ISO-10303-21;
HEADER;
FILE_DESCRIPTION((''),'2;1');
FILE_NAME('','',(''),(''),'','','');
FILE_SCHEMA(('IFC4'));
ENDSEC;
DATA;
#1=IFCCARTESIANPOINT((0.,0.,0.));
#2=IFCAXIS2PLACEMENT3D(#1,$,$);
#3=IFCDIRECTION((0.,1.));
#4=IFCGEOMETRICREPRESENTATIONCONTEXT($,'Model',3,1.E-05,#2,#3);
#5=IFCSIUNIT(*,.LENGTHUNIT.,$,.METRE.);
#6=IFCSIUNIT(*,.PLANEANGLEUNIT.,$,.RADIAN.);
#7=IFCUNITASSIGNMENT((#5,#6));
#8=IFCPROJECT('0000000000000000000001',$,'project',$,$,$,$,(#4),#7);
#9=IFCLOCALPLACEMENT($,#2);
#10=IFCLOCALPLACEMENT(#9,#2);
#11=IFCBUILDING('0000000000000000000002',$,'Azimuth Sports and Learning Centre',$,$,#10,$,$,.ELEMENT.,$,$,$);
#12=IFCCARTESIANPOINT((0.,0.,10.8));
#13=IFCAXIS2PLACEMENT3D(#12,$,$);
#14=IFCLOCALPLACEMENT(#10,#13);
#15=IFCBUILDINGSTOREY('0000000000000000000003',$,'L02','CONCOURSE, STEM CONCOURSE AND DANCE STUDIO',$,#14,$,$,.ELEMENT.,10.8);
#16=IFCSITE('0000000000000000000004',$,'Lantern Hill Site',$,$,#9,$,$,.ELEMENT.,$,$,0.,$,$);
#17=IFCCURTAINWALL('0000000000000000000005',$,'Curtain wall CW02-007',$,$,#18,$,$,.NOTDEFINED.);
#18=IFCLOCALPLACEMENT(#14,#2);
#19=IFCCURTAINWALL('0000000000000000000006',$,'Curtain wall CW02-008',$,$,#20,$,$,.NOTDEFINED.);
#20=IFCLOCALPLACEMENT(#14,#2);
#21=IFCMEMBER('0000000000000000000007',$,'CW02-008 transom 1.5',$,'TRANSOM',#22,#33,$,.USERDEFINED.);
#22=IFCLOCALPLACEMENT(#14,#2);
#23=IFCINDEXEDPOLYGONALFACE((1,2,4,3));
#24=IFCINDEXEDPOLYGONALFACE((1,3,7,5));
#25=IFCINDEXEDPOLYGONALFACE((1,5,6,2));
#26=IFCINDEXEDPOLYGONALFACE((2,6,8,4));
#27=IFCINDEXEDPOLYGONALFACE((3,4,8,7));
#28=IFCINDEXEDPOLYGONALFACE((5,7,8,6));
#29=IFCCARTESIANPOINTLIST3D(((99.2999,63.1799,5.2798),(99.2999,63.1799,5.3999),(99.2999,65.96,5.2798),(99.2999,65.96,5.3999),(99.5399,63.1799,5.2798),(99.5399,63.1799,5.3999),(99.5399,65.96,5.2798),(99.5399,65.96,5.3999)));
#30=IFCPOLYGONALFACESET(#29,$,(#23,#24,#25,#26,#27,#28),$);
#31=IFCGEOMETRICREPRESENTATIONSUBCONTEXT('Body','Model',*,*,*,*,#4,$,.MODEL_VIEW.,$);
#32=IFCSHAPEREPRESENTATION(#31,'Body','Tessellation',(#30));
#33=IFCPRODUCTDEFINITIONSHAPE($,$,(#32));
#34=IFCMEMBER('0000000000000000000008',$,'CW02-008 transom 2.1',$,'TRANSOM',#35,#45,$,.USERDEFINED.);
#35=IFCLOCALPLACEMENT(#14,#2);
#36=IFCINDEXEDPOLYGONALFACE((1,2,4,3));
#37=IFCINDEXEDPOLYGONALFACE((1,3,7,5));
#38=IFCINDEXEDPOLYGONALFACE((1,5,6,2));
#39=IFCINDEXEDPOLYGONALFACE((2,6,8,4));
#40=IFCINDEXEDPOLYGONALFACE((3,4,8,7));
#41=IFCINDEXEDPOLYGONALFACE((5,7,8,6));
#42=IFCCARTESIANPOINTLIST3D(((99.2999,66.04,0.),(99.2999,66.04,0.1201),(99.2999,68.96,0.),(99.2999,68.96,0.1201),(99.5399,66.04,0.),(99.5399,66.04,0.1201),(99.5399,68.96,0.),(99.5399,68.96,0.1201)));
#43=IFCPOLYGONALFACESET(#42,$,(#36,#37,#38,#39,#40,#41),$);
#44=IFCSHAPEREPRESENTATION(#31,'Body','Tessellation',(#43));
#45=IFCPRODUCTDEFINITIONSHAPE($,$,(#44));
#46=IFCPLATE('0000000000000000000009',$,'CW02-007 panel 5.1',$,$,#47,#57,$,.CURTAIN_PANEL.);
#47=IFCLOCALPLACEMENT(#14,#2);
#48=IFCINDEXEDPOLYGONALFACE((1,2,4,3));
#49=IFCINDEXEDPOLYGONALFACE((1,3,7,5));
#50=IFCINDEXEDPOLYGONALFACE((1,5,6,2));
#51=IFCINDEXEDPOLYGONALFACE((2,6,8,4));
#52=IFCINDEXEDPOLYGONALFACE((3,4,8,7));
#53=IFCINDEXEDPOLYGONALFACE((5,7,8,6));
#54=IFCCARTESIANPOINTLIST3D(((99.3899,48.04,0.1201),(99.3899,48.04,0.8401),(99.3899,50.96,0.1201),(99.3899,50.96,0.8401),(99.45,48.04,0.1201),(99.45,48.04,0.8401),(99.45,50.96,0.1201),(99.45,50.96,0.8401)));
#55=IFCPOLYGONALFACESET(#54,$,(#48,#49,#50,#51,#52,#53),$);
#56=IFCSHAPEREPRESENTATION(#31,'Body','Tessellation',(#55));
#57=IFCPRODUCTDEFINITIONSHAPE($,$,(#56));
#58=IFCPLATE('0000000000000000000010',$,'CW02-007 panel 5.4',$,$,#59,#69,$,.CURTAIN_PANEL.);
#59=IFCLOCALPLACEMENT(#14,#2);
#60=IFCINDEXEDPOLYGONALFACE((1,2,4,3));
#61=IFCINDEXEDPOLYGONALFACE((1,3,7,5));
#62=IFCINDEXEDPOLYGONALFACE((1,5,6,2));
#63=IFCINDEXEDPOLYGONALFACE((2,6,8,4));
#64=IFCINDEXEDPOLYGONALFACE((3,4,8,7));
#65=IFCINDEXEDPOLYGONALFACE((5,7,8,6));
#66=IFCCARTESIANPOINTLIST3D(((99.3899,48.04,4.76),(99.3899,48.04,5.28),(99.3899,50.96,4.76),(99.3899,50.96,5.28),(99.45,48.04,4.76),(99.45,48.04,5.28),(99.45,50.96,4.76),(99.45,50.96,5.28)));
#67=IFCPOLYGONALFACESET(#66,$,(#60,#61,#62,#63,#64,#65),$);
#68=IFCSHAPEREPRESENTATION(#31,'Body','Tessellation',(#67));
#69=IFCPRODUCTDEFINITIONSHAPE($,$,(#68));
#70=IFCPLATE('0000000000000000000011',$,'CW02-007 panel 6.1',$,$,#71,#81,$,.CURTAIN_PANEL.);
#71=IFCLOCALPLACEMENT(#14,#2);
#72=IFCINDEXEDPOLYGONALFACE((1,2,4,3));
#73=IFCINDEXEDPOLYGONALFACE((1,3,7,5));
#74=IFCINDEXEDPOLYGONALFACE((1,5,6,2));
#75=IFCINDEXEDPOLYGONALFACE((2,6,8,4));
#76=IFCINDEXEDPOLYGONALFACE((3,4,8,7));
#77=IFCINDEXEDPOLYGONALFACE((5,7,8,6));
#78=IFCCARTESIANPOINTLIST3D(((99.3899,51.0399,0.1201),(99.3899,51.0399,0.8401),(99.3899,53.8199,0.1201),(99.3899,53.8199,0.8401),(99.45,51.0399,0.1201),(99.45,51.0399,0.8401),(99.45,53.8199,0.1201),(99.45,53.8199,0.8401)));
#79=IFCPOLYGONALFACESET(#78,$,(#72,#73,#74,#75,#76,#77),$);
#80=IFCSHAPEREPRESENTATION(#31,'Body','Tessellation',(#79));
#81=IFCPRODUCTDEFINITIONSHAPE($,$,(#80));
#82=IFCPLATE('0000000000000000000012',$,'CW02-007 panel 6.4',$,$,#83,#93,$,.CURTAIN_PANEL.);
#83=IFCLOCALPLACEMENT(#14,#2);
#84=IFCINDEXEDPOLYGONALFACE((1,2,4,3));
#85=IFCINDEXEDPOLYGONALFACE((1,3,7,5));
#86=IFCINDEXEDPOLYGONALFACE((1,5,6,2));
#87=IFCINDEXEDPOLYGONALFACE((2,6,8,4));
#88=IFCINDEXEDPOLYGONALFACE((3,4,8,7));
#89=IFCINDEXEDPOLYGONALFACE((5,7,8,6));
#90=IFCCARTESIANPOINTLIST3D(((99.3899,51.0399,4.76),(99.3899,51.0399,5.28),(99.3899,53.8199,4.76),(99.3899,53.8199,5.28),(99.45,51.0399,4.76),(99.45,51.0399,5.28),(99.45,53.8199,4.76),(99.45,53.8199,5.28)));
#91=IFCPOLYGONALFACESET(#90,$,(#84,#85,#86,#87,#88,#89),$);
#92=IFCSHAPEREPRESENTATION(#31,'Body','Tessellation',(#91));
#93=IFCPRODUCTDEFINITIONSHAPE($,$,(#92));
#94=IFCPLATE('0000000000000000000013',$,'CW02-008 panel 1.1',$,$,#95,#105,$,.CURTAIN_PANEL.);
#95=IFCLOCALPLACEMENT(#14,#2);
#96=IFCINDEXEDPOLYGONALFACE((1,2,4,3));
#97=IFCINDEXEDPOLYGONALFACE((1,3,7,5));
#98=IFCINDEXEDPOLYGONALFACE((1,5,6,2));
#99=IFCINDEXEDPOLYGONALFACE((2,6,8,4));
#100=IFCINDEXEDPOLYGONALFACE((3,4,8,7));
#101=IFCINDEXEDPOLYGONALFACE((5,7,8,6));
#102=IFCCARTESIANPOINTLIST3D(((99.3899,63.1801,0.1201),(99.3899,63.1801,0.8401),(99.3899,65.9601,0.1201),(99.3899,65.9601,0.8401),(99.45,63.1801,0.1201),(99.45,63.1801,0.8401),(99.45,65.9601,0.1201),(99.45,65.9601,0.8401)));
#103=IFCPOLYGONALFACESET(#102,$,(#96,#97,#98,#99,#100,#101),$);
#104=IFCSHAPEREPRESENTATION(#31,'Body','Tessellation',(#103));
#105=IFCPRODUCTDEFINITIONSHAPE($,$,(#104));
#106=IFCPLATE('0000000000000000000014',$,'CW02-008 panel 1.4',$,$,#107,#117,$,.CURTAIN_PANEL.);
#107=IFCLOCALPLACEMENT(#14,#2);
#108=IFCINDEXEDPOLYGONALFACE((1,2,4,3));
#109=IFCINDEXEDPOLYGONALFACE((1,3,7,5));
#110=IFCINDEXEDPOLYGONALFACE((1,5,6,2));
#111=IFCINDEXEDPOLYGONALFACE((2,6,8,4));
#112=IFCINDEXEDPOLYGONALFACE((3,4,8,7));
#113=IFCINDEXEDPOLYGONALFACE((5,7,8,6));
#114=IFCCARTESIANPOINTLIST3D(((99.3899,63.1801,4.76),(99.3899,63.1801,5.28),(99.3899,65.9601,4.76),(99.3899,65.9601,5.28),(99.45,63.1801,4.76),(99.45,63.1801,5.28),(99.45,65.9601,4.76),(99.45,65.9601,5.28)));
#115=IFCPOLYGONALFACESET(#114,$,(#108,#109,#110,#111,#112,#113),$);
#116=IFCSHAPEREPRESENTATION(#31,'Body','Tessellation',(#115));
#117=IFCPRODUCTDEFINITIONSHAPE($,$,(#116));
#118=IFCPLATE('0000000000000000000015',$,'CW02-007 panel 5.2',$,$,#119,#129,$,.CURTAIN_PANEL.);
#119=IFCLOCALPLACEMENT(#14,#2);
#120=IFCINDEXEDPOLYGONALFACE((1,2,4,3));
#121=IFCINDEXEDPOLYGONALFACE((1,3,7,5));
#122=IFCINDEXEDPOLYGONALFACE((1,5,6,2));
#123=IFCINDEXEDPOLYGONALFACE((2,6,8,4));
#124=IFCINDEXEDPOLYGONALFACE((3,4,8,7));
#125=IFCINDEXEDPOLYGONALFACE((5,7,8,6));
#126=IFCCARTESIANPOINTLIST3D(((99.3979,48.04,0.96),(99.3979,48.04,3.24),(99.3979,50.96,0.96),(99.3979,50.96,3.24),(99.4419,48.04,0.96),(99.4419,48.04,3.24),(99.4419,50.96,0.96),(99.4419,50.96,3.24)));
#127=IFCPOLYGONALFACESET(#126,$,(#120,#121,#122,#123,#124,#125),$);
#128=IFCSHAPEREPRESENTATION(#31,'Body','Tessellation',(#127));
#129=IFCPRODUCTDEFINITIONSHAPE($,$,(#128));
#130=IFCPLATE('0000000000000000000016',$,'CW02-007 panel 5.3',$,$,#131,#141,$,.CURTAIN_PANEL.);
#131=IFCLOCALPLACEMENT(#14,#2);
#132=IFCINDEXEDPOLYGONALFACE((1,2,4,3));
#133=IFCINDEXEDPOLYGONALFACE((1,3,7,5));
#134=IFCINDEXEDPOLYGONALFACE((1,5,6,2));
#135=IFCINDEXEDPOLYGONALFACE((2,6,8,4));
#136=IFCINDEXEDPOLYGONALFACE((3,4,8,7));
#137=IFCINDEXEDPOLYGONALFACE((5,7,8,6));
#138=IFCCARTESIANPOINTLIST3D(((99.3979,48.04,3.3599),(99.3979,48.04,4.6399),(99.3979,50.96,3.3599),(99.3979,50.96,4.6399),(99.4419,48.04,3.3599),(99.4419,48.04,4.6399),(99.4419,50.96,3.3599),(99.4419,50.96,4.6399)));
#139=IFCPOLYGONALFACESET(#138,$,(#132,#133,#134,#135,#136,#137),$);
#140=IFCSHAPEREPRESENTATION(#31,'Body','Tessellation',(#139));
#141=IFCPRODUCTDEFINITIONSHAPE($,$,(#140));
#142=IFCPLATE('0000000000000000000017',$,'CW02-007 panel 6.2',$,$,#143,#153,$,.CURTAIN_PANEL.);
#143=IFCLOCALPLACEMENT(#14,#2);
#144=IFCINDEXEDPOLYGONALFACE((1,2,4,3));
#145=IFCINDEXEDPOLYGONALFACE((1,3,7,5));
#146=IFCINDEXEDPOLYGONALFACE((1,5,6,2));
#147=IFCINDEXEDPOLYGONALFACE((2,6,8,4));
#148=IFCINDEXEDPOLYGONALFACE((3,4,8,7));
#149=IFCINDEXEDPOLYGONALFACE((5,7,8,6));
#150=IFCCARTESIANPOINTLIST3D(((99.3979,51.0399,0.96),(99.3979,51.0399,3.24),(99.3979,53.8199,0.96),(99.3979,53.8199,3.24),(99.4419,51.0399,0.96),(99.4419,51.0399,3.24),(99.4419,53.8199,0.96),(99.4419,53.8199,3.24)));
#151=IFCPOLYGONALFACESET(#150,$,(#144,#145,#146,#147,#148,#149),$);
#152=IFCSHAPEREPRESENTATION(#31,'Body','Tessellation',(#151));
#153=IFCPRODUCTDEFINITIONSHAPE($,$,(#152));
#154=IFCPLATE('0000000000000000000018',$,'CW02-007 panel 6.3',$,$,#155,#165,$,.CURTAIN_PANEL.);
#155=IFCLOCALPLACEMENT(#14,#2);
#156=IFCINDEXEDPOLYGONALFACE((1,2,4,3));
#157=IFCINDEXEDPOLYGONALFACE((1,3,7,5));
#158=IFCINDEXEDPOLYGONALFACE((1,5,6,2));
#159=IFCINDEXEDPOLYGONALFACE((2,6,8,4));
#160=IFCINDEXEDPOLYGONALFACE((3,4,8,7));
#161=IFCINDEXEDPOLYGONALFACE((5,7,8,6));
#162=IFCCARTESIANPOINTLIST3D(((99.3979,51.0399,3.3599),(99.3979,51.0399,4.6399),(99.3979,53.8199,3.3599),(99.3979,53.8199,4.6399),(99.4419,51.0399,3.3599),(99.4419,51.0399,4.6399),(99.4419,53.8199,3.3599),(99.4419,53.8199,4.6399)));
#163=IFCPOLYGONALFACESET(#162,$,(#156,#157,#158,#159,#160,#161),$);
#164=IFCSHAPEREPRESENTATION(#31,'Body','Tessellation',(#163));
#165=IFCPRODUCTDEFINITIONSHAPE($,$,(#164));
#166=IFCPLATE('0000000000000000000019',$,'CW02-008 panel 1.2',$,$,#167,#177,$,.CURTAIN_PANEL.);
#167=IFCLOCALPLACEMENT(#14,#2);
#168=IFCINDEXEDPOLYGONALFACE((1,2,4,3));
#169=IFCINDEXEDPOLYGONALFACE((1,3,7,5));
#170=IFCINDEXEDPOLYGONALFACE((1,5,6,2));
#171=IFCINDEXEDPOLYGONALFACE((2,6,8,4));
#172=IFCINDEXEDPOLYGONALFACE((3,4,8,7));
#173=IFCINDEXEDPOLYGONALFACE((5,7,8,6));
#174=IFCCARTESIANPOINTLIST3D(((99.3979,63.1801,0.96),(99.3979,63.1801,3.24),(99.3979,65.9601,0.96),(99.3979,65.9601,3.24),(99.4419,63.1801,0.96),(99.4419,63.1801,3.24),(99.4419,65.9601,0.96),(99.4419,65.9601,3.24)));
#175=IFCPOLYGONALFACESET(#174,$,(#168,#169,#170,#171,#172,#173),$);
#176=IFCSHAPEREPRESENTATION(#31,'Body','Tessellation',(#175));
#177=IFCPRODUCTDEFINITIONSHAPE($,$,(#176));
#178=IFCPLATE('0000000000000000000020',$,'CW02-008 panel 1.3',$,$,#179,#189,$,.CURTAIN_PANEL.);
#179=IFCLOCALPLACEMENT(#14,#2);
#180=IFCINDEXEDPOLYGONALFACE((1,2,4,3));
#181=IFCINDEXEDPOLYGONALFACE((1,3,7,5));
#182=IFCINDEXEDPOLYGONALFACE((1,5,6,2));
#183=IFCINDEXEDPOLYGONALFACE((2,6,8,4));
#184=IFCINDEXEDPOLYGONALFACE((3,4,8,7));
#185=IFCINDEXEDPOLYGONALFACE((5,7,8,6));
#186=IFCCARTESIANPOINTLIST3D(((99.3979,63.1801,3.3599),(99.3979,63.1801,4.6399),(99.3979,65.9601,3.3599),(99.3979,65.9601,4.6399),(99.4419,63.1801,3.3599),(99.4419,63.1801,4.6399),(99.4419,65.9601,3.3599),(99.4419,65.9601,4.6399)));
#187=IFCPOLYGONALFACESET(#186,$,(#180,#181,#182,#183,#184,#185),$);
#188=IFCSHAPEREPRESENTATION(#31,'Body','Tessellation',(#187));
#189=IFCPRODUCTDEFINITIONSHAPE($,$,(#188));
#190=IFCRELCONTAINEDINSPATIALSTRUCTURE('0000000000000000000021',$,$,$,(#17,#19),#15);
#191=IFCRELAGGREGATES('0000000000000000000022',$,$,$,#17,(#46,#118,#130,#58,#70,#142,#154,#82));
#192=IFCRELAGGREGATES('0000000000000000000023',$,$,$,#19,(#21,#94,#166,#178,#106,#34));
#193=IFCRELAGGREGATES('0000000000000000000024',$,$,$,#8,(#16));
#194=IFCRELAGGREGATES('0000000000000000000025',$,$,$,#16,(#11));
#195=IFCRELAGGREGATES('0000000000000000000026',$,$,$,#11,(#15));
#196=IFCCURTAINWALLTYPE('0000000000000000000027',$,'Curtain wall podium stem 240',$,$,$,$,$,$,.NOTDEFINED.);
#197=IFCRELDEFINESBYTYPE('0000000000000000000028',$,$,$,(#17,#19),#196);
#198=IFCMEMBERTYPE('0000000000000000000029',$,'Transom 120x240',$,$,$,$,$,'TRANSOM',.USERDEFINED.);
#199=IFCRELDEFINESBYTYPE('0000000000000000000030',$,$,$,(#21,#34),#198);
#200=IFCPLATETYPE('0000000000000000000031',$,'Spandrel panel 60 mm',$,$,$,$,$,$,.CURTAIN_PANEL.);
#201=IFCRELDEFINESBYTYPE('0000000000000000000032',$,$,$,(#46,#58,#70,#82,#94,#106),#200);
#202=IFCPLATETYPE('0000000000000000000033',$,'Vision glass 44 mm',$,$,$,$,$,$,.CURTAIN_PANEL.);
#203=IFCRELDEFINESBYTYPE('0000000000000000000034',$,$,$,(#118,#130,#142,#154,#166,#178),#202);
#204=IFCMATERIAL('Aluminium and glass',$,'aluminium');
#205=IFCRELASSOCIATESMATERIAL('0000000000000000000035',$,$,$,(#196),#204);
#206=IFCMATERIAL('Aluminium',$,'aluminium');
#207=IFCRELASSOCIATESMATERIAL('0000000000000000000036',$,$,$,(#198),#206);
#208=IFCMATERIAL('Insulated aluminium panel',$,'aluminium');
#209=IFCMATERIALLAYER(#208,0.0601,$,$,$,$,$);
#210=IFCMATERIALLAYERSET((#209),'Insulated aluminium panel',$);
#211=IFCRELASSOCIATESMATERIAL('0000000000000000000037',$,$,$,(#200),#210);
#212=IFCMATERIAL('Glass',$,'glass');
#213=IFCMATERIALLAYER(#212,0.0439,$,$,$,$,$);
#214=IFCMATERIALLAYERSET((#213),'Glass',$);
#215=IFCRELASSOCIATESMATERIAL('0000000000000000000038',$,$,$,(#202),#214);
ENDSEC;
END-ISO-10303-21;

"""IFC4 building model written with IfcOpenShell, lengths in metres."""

from ifc_helpers import new_model, si_unit, direction, frame, origin, origin_2d, place, context, subcontext, project, spatial, rectangle, extrude, material, layer, layer_set, material_profile, profile_set, type_object, element, aggregate, save


model = new_model("IFC4")

# Units and contexts
model_context = context("Model", 3, precision=1e-05, world=origin(), true_north=direction((0.0, 1.0)))
body_context = subcontext(model_context, "Body", "Model", "MODEL_VIEW")
ifc_project = project(units=[si_unit("LENGTHUNIT", "METRE"), si_unit("PLANEANGLEUNIT", "RADIAN")], contexts=[model_context])

# Site, building, storey
site_placement = place(None, origin())
site = spatial("IfcSite", under=ifc_project, at=site_placement, Name="Lantern Hill Site", CompositionType="ELEMENT", RefElevation=0.0)
building_placement = place(site_placement, origin())
building = spatial("IfcBuilding", under=site, at=building_placement, Name="Azimuth Sports and Learning Centre", CompositionType="ELEMENT")
storey_placement = place(building_placement, frame((0.0, 0.0, 10.8)))
storey = spatial("IfcBuildingStorey", under=building, at=storey_placement, Name="L02", Description="CONCOURSE, STEM CONCOURSE AND DANCE STUDIO", CompositionType="ELEMENT", Elevation=10.8)

# Curtain walls
ifc_material_1 = material(Name="Aluminium and glass", Category="aluminium")
curtain_wall_type = type_object("IfcCurtainWallType", Name="Curtain wall podium stem 240", PredefinedType="NOTDEFINED", material=ifc_material_1)
curtain_wall_1_placement = place(storey_placement, origin())
curtain_wall_1 = element("IfcCurtainWall", 1, at=curtain_wall_1_placement, inside=storey, type_object=curtain_wall_type, Name="Curtain wall CW02-007", PredefinedType="NOTDEFINED")
curtain_wall_2_placement = place(storey_placement, origin())
curtain_wall_2 = element("IfcCurtainWall", 2, at=curtain_wall_2_placement, inside=storey, type_object=curtain_wall_type, Name="Curtain wall CW02-008", PredefinedType="NOTDEFINED")

# Members
ifc_material_2 = material(Name="Aluminium", Category="aluminium")
ifc_material_profile_1 = material_profile(ifc_material_2, rectangle(XDim=0.24, YDim=0.1201, at=origin_2d()), Name="Transom 120x240")
ifc_profile_set_1 = profile_set([ifc_material_profile_1], Name="Aluminium")
member_type_1 = type_object("IfcMemberType", Name="Transom 120x240", ElementType="TRANSOM", PredefinedType="USERDEFINED", material=ifc_profile_set_1)
member_1_placement = place(storey_placement, frame((99.4199, 63.1799, 5.3398), z_axis=(0.0, 1.0, 0.0), x_axis=(-1.0, 0.0, 0.0)))
member_1 = element("IfcMember", 3, at=member_1_placement, type_object=member_type_1, Name="CW02-008 transom 1.5", ObjectType="TRANSOM", PredefinedType="USERDEFINED", context=body_context, shape_type="SweptSolid", body=[
    extrude(rectangle(XDim=0.24, YDim=0.1201, at=origin_2d()), origin(), (0.0, 0.0, 1.0), 2.78),
])
member_2_placement = place(storey_placement, frame((99.4199, 66.04, 0.0601), z_axis=(0.0, 1.0, 0.0), x_axis=(-1.0, 0.0, 0.0)))
member_2 = element("IfcMember", 4, at=member_2_placement, type_object=member_type_1, Name="CW02-008 transom 2.1", ObjectType="TRANSOM", PredefinedType="USERDEFINED", context=body_context, shape_type="SweptSolid", body=[
    extrude(rectangle(XDim=0.24, YDim=0.1201, at=origin_2d()), origin(), (0.0, 0.0, 1.0), 2.9199),
])

# Plates
ifc_material_3 = material(Name="Insulated aluminium panel", Category="aluminium")
ifc_layer_1 = layer(ifc_material_3, 0.0601)
ifc_layer_set_1 = layer_set([ifc_layer_1], Name="Insulated aluminium panel")
plate_type_1 = type_object("IfcPlateType", Name="Spandrel panel 60 mm", PredefinedType="CURTAIN_PANEL", material=ifc_layer_set_1)
plate_1_placement = place(storey_placement, frame((99.4199, 49.5, 0.1201), z_axis=(0.0, 0.0, 1.0), x_axis=(0.0, 1.0, 0.0)))
plate_1 = element("IfcPlate", 5, at=plate_1_placement, type_object=plate_type_1, Name="CW02-007 panel 5.1", PredefinedType="CURTAIN_PANEL", context=body_context, shape_type="SweptSolid", body=[
    extrude(rectangle(XDim=2.9199, YDim=0.0601, at=origin_2d()), origin(), (0.0, 0.0, 1.0), 0.72),
])
plate_2_placement = place(storey_placement, frame((99.4199, 49.5, 4.76), z_axis=(0.0, 0.0, 1.0), x_axis=(0.0, 1.0, 0.0)))
plate_2 = element("IfcPlate", 6, at=plate_2_placement, type_object=plate_type_1, Name="CW02-007 panel 5.4", PredefinedType="CURTAIN_PANEL", context=body_context, shape_type="SweptSolid", body=[
    extrude(rectangle(XDim=2.9199, YDim=0.0601, at=origin_2d()), origin(), (0.0, 0.0, 1.0), 0.52),
])
plate_3_placement = place(storey_placement, frame((99.4199, 52.4299, 0.1201), z_axis=(0.0, 0.0, 1.0), x_axis=(0.0, 1.0, 0.0)))
plate_3 = element("IfcPlate", 7, at=plate_3_placement, type_object=plate_type_1, Name="CW02-007 panel 6.1", PredefinedType="CURTAIN_PANEL", context=body_context, shape_type="SweptSolid", body=[
    extrude(rectangle(XDim=2.78, YDim=0.0601, at=origin_2d()), origin(), (0.0, 0.0, 1.0), 0.72),
])
plate_4_placement = place(storey_placement, frame((99.4199, 52.4299, 4.76), z_axis=(0.0, 0.0, 1.0), x_axis=(0.0, 1.0, 0.0)))
plate_4 = element("IfcPlate", 8, at=plate_4_placement, type_object=plate_type_1, Name="CW02-007 panel 6.4", PredefinedType="CURTAIN_PANEL", context=body_context, shape_type="SweptSolid", body=[
    extrude(rectangle(XDim=2.78, YDim=0.0601, at=origin_2d()), origin(), (0.0, 0.0, 1.0), 0.52),
])
plate_5_placement = place(storey_placement, frame((99.4199, 64.5701, 0.1201), z_axis=(0.0, 0.0, 1.0), x_axis=(0.0, 1.0, 0.0)))
plate_5 = element("IfcPlate", 9, at=plate_5_placement, type_object=plate_type_1, Name="CW02-008 panel 1.1", PredefinedType="CURTAIN_PANEL", context=body_context, shape_type="SweptSolid", body=[
    extrude(rectangle(XDim=2.78, YDim=0.0601, at=origin_2d()), origin(), (0.0, 0.0, 1.0), 0.72),
])
plate_6_placement = place(storey_placement, frame((99.4199, 64.5701, 4.76), z_axis=(0.0, 0.0, 1.0), x_axis=(0.0, 1.0, 0.0)))
plate_6 = element("IfcPlate", 10, at=plate_6_placement, type_object=plate_type_1, Name="CW02-008 panel 1.4", PredefinedType="CURTAIN_PANEL", context=body_context, shape_type="SweptSolid", body=[
    extrude(rectangle(XDim=2.78, YDim=0.0601, at=origin_2d()), origin(), (0.0, 0.0, 1.0), 0.52),
])
ifc_material_4 = material(Name="Glass", Category="glass")
ifc_layer_2 = layer(ifc_material_4, 0.0439)
ifc_layer_set_2 = layer_set([ifc_layer_2], Name="Glass")
plate_type_2 = type_object("IfcPlateType", Name="Vision glass 44 mm", PredefinedType="CURTAIN_PANEL", material=ifc_layer_set_2)
plate_7_placement = place(storey_placement, frame((99.4199, 49.5, 0.96), z_axis=(0.0, 0.0, 1.0), x_axis=(0.0, 1.0, 0.0)))
plate_7 = element("IfcPlate", 11, at=plate_7_placement, type_object=plate_type_2, Name="CW02-007 panel 5.2", PredefinedType="CURTAIN_PANEL", context=body_context, shape_type="SweptSolid", body=[
    extrude(rectangle(XDim=2.9199, YDim=0.0439, at=origin_2d()), origin(), (0.0, 0.0, 1.0), 2.28),
])
plate_8_placement = place(storey_placement, frame((99.4199, 49.5, 3.3599), z_axis=(0.0, 0.0, 1.0), x_axis=(0.0, 1.0, 0.0)))
plate_8 = element("IfcPlate", 12, at=plate_8_placement, type_object=plate_type_2, Name="CW02-007 panel 5.3", PredefinedType="CURTAIN_PANEL", context=body_context, shape_type="SweptSolid", body=[
    extrude(rectangle(XDim=2.9199, YDim=0.0439, at=origin_2d()), origin(), (0.0, 0.0, 1.0), 1.28),
])
plate_9_placement = place(storey_placement, frame((99.4199, 52.4299, 0.96), z_axis=(0.0, 0.0, 1.0), x_axis=(0.0, 1.0, 0.0)))
plate_9 = element("IfcPlate", 13, at=plate_9_placement, type_object=plate_type_2, Name="CW02-007 panel 6.2", PredefinedType="CURTAIN_PANEL", context=body_context, shape_type="SweptSolid", body=[
    extrude(rectangle(XDim=2.78, YDim=0.0439, at=origin_2d()), origin(), (0.0, 0.0, 1.0), 2.28),
])
plate_10_placement = place(storey_placement, frame((99.4199, 52.4299, 3.3599), z_axis=(0.0, 0.0, 1.0), x_axis=(0.0, 1.0, 0.0)))
plate_10 = element("IfcPlate", 14, at=plate_10_placement, type_object=plate_type_2, Name="CW02-007 panel 6.3", PredefinedType="CURTAIN_PANEL", context=body_context, shape_type="SweptSolid", body=[
    extrude(rectangle(XDim=2.78, YDim=0.0439, at=origin_2d()), origin(), (0.0, 0.0, 1.0), 1.28),
])
aggregate(curtain_wall_1, [plate_1, plate_7, plate_8, plate_2, plate_3, plate_9, plate_10, plate_4])
plate_11_placement = place(storey_placement, frame((99.4199, 64.5701, 0.96), z_axis=(0.0, 0.0, 1.0), x_axis=(0.0, 1.0, 0.0)))
plate_11 = element("IfcPlate", 15, at=plate_11_placement, type_object=plate_type_2, Name="CW02-008 panel 1.2", PredefinedType="CURTAIN_PANEL", context=body_context, shape_type="SweptSolid", body=[
    extrude(rectangle(XDim=2.78, YDim=0.0439, at=origin_2d()), origin(), (0.0, 0.0, 1.0), 2.28),
])
plate_12_placement = place(storey_placement, frame((99.4199, 64.5701, 3.3599), z_axis=(0.0, 0.0, 1.0), x_axis=(0.0, 1.0, 0.0)))
plate_12 = element("IfcPlate", 16, at=plate_12_placement, type_object=plate_type_2, Name="CW02-008 panel 1.3", PredefinedType="CURTAIN_PANEL", context=body_context, shape_type="SweptSolid", body=[
    extrude(rectangle(XDim=2.78, YDim=0.0439, at=origin_2d()), origin(), (0.0, 0.0, 1.0), 1.28),
])
aggregate(curtain_wall_2, [member_1, plate_5, plate_11, plate_12, plate_6, member_2])

save(model, "model.ifc")
